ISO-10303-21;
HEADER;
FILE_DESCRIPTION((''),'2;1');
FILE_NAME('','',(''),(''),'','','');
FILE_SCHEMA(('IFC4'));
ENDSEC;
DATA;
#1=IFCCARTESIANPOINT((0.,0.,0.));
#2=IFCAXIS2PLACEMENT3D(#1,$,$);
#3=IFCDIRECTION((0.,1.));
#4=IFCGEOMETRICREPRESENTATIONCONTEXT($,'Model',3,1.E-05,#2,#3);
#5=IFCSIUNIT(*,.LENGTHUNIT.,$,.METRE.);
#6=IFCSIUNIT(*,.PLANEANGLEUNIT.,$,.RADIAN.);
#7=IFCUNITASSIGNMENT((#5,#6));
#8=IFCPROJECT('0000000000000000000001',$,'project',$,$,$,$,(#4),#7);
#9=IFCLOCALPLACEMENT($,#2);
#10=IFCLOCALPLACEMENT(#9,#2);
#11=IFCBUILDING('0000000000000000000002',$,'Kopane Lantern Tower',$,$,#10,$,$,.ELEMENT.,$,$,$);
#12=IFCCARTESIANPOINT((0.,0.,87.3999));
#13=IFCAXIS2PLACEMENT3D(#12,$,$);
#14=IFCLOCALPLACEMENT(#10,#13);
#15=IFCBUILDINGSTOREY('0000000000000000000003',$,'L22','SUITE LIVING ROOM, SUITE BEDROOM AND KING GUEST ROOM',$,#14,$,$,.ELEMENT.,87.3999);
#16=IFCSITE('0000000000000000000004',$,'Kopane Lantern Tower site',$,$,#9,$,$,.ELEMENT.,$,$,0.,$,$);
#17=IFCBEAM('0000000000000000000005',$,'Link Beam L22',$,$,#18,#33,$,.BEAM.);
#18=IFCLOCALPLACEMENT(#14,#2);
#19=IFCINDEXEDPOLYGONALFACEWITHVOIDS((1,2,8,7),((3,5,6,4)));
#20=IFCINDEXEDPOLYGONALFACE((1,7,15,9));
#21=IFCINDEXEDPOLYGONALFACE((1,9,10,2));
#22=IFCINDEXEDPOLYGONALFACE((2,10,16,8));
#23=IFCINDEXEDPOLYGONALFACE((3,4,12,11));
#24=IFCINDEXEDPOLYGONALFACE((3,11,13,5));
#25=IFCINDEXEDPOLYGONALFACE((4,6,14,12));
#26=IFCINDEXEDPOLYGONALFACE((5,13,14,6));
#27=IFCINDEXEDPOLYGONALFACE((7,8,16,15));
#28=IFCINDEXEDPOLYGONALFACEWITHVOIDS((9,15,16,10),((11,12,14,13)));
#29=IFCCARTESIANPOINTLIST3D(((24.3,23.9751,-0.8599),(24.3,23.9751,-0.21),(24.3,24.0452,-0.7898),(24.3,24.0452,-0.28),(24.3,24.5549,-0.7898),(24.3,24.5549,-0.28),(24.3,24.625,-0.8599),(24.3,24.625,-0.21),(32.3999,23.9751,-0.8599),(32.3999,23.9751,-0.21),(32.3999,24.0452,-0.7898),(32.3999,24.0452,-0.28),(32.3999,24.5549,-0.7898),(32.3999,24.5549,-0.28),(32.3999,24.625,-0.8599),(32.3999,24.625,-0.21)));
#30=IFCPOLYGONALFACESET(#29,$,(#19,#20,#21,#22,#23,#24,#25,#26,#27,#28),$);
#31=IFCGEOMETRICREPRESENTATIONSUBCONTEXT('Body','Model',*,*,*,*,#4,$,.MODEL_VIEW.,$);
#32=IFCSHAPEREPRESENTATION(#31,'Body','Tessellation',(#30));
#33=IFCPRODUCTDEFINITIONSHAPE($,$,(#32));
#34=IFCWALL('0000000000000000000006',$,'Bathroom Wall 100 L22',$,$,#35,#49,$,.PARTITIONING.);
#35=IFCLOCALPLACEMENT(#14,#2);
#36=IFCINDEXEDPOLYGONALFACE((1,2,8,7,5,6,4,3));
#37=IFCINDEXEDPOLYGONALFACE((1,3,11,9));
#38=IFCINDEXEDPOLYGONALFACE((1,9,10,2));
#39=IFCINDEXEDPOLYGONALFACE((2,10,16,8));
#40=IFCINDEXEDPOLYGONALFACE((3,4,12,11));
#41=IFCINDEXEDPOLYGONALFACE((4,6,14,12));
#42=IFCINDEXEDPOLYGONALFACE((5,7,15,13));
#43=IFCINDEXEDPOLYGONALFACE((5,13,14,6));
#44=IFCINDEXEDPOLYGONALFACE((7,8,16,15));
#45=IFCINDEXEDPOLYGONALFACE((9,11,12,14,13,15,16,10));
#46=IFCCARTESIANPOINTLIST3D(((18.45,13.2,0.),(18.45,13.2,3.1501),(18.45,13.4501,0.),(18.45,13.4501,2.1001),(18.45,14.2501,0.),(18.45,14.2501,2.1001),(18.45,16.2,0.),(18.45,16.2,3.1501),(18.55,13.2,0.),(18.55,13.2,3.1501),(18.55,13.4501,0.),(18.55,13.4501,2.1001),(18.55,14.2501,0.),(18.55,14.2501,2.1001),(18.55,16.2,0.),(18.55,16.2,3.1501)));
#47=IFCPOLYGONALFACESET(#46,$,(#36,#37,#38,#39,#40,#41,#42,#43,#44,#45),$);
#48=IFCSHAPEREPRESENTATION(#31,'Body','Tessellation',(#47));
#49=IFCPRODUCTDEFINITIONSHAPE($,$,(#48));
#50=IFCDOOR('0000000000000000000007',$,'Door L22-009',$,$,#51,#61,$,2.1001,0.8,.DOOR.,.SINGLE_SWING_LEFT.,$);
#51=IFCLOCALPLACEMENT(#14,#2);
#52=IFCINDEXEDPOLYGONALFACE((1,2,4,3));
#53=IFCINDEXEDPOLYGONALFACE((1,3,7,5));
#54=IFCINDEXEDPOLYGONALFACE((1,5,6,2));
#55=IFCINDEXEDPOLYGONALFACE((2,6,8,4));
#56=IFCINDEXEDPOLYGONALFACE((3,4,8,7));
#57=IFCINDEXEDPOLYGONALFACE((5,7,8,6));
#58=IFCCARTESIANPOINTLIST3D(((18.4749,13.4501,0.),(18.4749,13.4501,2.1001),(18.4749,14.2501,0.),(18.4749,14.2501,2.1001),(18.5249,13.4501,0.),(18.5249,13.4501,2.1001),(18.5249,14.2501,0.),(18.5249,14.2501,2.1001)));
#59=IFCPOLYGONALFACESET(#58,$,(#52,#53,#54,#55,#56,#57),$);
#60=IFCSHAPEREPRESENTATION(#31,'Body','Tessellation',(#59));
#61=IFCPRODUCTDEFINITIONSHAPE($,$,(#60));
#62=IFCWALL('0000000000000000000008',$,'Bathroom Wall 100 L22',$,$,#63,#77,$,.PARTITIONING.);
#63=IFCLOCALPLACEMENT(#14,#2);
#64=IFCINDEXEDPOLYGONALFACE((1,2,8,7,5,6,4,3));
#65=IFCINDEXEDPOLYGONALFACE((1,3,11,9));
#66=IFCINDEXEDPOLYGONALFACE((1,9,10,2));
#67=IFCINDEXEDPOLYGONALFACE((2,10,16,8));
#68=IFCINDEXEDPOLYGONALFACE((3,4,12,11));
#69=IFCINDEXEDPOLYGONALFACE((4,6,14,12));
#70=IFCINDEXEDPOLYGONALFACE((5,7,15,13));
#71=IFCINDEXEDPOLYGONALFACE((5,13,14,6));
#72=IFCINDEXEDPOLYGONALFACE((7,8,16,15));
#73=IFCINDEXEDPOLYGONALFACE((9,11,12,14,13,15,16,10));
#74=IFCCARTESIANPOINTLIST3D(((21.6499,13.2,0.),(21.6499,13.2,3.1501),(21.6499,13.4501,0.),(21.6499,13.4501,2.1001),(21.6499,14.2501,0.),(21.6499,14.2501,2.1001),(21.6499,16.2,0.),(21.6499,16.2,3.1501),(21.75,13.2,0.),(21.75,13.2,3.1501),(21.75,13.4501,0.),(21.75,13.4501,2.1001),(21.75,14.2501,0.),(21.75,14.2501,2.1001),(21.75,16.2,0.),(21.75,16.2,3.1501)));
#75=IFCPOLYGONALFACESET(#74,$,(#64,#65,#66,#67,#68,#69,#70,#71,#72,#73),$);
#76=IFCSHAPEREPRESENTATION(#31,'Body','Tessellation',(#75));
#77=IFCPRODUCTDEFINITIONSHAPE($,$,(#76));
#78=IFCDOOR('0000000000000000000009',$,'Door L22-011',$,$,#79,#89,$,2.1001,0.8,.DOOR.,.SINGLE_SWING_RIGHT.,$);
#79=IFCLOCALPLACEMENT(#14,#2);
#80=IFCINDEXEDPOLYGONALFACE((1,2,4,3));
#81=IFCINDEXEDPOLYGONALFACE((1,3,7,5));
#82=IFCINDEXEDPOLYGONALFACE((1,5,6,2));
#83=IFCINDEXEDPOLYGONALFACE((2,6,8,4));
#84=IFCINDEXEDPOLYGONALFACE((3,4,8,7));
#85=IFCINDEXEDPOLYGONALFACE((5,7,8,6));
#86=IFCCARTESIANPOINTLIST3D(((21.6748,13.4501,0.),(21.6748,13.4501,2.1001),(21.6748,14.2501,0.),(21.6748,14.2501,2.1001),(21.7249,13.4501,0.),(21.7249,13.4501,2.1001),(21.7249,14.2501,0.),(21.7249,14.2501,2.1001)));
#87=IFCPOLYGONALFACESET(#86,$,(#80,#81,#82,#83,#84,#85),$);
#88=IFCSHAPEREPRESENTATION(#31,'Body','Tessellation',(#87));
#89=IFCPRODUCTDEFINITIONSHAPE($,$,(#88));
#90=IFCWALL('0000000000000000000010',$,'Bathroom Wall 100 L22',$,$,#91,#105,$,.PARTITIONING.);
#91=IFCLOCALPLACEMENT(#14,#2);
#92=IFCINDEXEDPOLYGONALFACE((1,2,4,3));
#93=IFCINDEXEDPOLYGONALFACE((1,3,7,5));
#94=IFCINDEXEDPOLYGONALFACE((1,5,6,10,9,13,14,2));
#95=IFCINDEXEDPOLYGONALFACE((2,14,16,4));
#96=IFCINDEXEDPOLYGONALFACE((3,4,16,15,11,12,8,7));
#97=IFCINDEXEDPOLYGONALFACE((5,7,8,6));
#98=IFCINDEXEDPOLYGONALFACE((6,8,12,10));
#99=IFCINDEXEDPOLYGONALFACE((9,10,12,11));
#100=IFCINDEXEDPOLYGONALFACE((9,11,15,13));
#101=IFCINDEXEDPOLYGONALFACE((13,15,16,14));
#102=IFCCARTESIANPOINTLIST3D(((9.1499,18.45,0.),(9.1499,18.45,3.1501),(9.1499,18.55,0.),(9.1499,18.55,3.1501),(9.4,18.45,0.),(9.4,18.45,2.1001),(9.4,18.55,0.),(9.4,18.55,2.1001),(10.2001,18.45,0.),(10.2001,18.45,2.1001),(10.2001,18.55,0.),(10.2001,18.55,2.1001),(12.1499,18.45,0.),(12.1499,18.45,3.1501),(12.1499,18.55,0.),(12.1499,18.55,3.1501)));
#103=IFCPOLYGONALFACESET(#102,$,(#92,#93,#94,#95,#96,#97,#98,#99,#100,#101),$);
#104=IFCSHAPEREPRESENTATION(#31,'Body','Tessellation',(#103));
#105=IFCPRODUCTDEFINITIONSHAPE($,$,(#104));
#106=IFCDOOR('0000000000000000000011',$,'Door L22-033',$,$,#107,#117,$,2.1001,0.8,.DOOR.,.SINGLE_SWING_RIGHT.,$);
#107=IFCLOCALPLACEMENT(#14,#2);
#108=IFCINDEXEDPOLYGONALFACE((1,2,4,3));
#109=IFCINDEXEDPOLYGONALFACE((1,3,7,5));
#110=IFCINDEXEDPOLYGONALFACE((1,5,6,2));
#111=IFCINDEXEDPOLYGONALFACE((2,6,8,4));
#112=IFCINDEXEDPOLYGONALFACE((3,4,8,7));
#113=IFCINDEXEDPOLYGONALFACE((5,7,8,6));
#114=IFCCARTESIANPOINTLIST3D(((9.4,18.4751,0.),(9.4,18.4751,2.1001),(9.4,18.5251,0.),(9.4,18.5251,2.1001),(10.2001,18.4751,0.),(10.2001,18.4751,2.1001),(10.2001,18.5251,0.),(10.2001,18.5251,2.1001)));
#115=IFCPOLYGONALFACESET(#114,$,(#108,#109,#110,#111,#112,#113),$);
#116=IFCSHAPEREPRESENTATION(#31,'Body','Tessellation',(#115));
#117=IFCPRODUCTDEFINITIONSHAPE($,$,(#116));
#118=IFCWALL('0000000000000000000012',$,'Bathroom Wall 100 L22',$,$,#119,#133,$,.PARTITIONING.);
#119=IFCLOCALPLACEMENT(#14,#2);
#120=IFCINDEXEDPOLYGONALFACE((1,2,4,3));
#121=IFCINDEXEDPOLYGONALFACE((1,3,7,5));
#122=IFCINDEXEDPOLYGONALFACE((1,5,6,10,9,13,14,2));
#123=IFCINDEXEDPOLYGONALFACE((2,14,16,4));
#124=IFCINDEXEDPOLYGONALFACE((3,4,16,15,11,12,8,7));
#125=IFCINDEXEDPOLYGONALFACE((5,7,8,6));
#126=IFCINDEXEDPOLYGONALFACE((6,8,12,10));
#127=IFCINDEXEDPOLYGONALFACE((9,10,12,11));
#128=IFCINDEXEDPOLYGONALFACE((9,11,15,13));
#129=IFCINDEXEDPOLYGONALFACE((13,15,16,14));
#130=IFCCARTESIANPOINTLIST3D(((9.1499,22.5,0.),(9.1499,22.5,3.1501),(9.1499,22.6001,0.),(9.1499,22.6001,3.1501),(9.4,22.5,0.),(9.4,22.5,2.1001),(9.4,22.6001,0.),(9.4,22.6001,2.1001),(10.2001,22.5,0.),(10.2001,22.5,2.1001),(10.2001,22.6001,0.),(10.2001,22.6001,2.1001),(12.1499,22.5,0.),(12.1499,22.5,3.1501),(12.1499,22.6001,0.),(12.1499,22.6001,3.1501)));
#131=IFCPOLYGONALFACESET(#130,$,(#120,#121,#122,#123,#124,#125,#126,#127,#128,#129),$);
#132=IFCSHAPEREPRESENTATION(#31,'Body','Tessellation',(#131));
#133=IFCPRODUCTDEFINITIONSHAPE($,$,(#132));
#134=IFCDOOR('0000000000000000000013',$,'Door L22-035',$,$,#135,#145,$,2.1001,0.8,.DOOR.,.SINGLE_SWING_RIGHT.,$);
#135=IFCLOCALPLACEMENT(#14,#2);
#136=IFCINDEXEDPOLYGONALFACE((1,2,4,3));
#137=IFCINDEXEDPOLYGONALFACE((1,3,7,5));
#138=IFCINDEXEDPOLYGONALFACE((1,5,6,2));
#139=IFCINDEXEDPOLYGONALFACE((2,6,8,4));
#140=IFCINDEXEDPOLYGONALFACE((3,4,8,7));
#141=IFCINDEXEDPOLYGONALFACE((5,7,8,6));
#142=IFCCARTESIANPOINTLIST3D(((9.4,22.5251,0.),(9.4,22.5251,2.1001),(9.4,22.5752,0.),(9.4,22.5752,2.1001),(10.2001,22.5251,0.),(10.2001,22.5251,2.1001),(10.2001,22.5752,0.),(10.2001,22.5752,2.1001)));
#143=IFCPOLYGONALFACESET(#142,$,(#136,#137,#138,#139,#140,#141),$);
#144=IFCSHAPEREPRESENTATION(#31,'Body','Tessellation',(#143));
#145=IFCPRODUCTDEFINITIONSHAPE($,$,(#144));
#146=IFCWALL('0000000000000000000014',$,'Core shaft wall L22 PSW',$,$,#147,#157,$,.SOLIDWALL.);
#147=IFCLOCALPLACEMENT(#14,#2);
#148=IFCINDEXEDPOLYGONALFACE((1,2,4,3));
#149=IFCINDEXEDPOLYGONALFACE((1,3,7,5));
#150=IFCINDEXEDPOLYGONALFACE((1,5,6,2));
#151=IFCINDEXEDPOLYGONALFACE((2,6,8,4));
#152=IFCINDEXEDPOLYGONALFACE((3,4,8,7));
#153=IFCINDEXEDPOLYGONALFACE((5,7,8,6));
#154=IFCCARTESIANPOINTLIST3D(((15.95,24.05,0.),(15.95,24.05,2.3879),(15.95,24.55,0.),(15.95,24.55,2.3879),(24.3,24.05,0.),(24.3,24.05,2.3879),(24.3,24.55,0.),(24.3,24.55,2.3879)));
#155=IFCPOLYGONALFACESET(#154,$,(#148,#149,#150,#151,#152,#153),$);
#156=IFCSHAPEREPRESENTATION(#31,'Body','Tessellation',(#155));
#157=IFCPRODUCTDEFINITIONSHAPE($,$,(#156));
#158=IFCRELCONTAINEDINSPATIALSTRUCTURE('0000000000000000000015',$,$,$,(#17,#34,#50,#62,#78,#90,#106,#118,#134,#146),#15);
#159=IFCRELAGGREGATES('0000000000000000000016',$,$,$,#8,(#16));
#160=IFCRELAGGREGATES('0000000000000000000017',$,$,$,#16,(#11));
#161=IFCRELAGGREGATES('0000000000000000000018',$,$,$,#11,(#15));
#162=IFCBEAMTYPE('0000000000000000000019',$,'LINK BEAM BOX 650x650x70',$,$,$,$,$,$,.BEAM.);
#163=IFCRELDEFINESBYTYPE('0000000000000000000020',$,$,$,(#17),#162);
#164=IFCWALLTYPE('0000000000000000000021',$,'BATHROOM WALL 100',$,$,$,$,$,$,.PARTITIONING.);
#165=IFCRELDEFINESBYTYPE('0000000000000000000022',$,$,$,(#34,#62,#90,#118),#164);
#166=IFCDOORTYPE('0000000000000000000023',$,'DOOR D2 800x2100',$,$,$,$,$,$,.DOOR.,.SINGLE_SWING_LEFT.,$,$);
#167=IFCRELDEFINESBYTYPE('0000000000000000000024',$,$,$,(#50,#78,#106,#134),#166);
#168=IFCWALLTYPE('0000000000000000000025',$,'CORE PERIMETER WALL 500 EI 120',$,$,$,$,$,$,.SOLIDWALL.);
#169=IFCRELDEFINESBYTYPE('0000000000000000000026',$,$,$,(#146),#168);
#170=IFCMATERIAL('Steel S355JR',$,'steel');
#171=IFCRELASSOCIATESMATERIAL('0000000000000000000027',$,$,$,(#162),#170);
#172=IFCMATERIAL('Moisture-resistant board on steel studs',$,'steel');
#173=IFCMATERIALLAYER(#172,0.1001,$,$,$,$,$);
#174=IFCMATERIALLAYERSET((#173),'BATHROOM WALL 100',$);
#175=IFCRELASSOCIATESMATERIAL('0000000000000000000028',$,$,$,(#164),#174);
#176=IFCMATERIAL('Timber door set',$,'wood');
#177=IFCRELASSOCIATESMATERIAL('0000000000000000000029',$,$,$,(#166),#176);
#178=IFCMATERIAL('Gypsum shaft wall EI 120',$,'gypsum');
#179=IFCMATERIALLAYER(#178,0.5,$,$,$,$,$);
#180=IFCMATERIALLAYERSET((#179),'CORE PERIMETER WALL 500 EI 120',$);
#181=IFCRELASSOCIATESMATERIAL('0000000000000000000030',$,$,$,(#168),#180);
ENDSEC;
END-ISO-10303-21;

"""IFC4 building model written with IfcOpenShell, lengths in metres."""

from ifc_helpers import new_model, si_unit, direction, frame, frame_2d, origin, origin_2d, place, context, subcontext, project, spatial, rectangle, hollow_rectangle, extrude, material, layer, layer_set, material_profile, profile_set, type_object, element, fill, save


model = new_model("IFC4")

# Units and contexts
model_context = context("Model", 3, precision=1e-05, world=origin(), true_north=direction((0.0, 1.0)))
body_context = subcontext(model_context, "Body", "Model", "MODEL_VIEW")
ifc_project = project(units=[si_unit("LENGTHUNIT", "METRE"), si_unit("PLANEANGLEUNIT", "RADIAN")], contexts=[model_context])

# Site, building, storey
site_placement = place(None, origin())
site = spatial("IfcSite", under=ifc_project, at=site_placement, Name="Kopane Lantern Tower site", CompositionType="ELEMENT", RefElevation=0.0)
building_placement = place(site_placement, origin())
building = spatial("IfcBuilding", under=site, at=building_placement, Name="Kopane Lantern Tower", CompositionType="ELEMENT")
storey_placement = place(building_placement, frame((0.0, 0.0, 87.3999)))
storey = spatial("IfcBuildingStorey", under=building, at=storey_placement, Name="L22", Description="SUITE LIVING ROOM, SUITE BEDROOM AND KING GUEST ROOM", CompositionType="ELEMENT", Elevation=87.3999)

# Beam
ifc_material_1 = material(Name="Steel S355JR", Category="steel")
ifc_material_profile_1 = material_profile(ifc_material_1, hollow_rectangle(XDim=0.6499, YDim=0.6499, WallThickness=0.0701, at=origin_2d()), Name="BOX 650x650x70")
ifc_profile_set_1 = profile_set([ifc_material_profile_1], Name="Steel S355JR")
beam_type_1 = type_object("IfcBeamType", Name="LINK BEAM BOX 650x650x70", PredefinedType="BEAM", material=ifc_profile_set_1)
beam_1_placement = place(storey_placement, frame((24.3, 24.3, -0.5349), z_axis=(1.0, 0.0, 0.0), x_axis=(0.0, 1.0, 0.0)))
element("IfcBeam", 1, at=beam_1_placement, inside=storey, type_object=beam_type_1, Name="Link Beam L22", PredefinedType="BEAM", context=body_context, shape_type="SweptSolid", body=[
    extrude(hollow_rectangle(XDim=0.6499, YDim=0.6499, WallThickness=0.0701, at=origin_2d()), origin(), (0.0, 0.0, 1.0), 8.0999),
])

# Walls, openings, doors
ifc_material_2 = material(Name="Moisture-resistant board on steel studs", Category="steel")
ifc_layer_1 = layer(ifc_material_2, 0.1001)
ifc_layer_set_1 = layer_set([ifc_layer_1], Name="BATHROOM WALL 100")
wall_type_1 = type_object("IfcWallType", Name="BATHROOM WALL 100", PredefinedType="PARTITIONING", material=ifc_layer_set_1)
wall_1_placement = place(storey_placement, frame((18.5, 16.2, 0.0), z_axis=(0.0, 0.0, 1.0), x_axis=(0.0, -1.0, 0.0)))
wall_1 = element("IfcWall", 2, at=wall_1_placement, inside=storey, type_object=wall_type_1, Name="Bathroom Wall 100 L22", PredefinedType="PARTITIONING", context=body_context, shape_type="SweptSolid", body=[
    extrude(rectangle(XDim=3.0, YDim=0.1001, at=frame_2d((1.5, 0.0))), origin(), (0.0, 0.0, 1.0), 3.1501),
])
opening_1_placement = place(wall_1_placement, frame((1.95, 0.0, 0.0)))
opening_1 = element("IfcOpeningElement", 3, at=opening_1_placement, cuts=wall_1, PredefinedType="OPENING", context=body_context, shape_type="SweptSolid", body=[
    extrude(rectangle(XDim=0.8, YDim=2.1001, at=frame_2d((0.3999, 1.05))), frame((0.0, 0.0601, 0.0), z_axis=(0.0, -1.0, 0.0), x_axis=(1.0, 0.0, 0.0)), (0.0, 0.0, 1.0), 0.1201),
])
ifc_material_3 = material(Name="Timber door set", Category="wood")
door_type_1 = type_object("IfcDoorType", Name="DOOR D2 800x2100", OperationType="SINGLE_SWING_LEFT", PredefinedType="DOOR", material=ifc_material_3)
door_1_placement = place(opening_1_placement, origin())
door_1 = element("IfcDoor", 4, at=door_1_placement, inside=storey, type_object=door_type_1, Name="Door L22-009", OperationType="SINGLE_SWING_LEFT", OverallHeight=2.1001, OverallWidth=0.8, PredefinedType="DOOR", context=body_context, shape_type="SweptSolid", body=[
    extrude(rectangle(XDim=0.8, YDim=2.1001, at=frame_2d((0.3999, 1.05))), frame((0.0, 0.0249, 0.0), z_axis=(0.0, -1.0, 0.0), x_axis=(1.0, 0.0, 0.0)), (0.0, 0.0, 1.0), 0.05),
])
fill(opening_1, door_1)
wall_2_placement = place(storey_placement, frame((21.7, 16.2, 0.0), z_axis=(0.0, 0.0, 1.0), x_axis=(0.0, -1.0, 0.0)))
wall_2 = element("IfcWall", 5, at=wall_2_placement, inside=storey, type_object=wall_type_1, Name="Bathroom Wall 100 L22", PredefinedType="PARTITIONING", context=body_context, shape_type="SweptSolid", body=[
    extrude(rectangle(XDim=3.0, YDim=0.1001, at=frame_2d((1.5, 0.0))), origin(), (0.0, 0.0, 1.0), 3.1501),
])
opening_2_placement = place(wall_2_placement, frame((1.95, 0.0, 0.0)))
opening_2 = element("IfcOpeningElement", 6, at=opening_2_placement, cuts=wall_2, PredefinedType="OPENING", context=body_context, shape_type="SweptSolid", body=[
    extrude(rectangle(XDim=0.8, YDim=2.1001, at=frame_2d((0.3999, 1.05))), frame((0.0, 0.0601, 0.0), z_axis=(0.0, -1.0, 0.0), x_axis=(1.0, 0.0, 0.0)), (0.0, 0.0, 1.0), 0.1201),
])
door_2_placement = place(opening_2_placement, origin())
door_2 = element("IfcDoor", 7, at=door_2_placement, inside=storey, type_object=door_type_1, Name="Door L22-011", OperationType="SINGLE_SWING_RIGHT", OverallHeight=2.1001, OverallWidth=0.8, PredefinedType="DOOR", context=body_context, shape_type="SweptSolid", body=[
    extrude(rectangle(XDim=0.8, YDim=2.1001, at=frame_2d((0.3999, 1.05))), frame((0.0, 0.0249, 0.0), z_axis=(0.0, -1.0, 0.0), x_axis=(1.0, 0.0, 0.0)), (0.0, 0.0, 1.0), 0.05),
])
fill(opening_2, door_2)
wall_3_placement = place(storey_placement, frame((12.1499, 18.5, 0.0), z_axis=(0.0, 0.0, 1.0), x_axis=(-1.0, 0.0, 0.0)))
wall_3 = element("IfcWall", 8, at=wall_3_placement, inside=storey, type_object=wall_type_1, Name="Bathroom Wall 100 L22", PredefinedType="PARTITIONING", context=body_context, shape_type="SweptSolid", body=[
    extrude(rectangle(XDim=3.0, YDim=0.1001, at=frame_2d((1.5, 0.0))), origin(), (0.0, 0.0, 1.0), 3.1501),
])
opening_3_placement = place(wall_3_placement, frame((1.95, 0.0, 0.0)))
opening_3 = element("IfcOpeningElement", 9, at=opening_3_placement, cuts=wall_3, PredefinedType="OPENING", context=body_context, shape_type="SweptSolid", body=[
    extrude(rectangle(XDim=0.8, YDim=2.1001, at=frame_2d((0.3999, 1.05))), frame((0.0, 0.0601, 0.0), z_axis=(0.0, -1.0, 0.0), x_axis=(1.0, 0.0, 0.0)), (0.0, 0.0, 1.0), 0.1201),
])
door_3_placement = place(opening_3_placement, origin())
door_3 = element("IfcDoor", 10, at=door_3_placement, inside=storey, type_object=door_type_1, Name="Door L22-033", OperationType="SINGLE_SWING_RIGHT", OverallHeight=2.1001, OverallWidth=0.8, PredefinedType="DOOR", context=body_context, shape_type="SweptSolid", body=[
    extrude(rectangle(XDim=0.8, YDim=2.1001, at=frame_2d((0.3999, 1.05))), frame((0.0, 0.0249, 0.0), z_axis=(0.0, -1.0, 0.0), x_axis=(1.0, 0.0, 0.0)), (0.0, 0.0, 1.0), 0.05),
])
fill(opening_3, door_3)
wall_4_placement = place(storey_placement, frame((12.1499, 22.55, 0.0), z_axis=(0.0, 0.0, 1.0), x_axis=(-1.0, 0.0, 0.0)))
wall_4 = element("IfcWall", 11, at=wall_4_placement, inside=storey, type_object=wall_type_1, Name="Bathroom Wall 100 L22", PredefinedType="PARTITIONING", context=body_context, shape_type="SweptSolid", body=[
    extrude(rectangle(XDim=3.0, YDim=0.1001, at=frame_2d((1.5, 0.0))), origin(), (0.0, 0.0, 1.0), 3.1501),
])
opening_4_placement = place(wall_4_placement, frame((1.95, 0.0, 0.0)))
opening_4 = element("IfcOpeningElement", 12, at=opening_4_placement, cuts=wall_4, PredefinedType="OPENING", context=body_context, shape_type="SweptSolid", body=[
    extrude(rectangle(XDim=0.8, YDim=2.1001, at=frame_2d((0.3999, 1.05))), frame((0.0, 0.0601, 0.0), z_axis=(0.0, -1.0, 0.0), x_axis=(1.0, 0.0, 0.0)), (0.0, 0.0, 1.0), 0.1201),
])
door_4_placement = place(opening_4_placement, origin())
door_4 = element("IfcDoor", 13, at=door_4_placement, inside=storey, type_object=door_type_1, Name="Door L22-035", OperationType="SINGLE_SWING_RIGHT", OverallHeight=2.1001, OverallWidth=0.8, PredefinedType="DOOR", context=body_context, shape_type="SweptSolid", body=[
    extrude(rectangle(XDim=0.8, YDim=2.1001, at=frame_2d((0.3999, 1.05))), frame((0.0, 0.0249, 0.0), z_axis=(0.0, -1.0, 0.0), x_axis=(1.0, 0.0, 0.0)), (0.0, 0.0, 1.0), 0.05),
])
fill(opening_4, door_4)

# Wall
ifc_material_4 = material(Name="Gypsum shaft wall EI 120", Category="gypsum")
ifc_layer_2 = layer(ifc_material_4, 0.5)
ifc_layer_set_2 = layer_set([ifc_layer_2], Name="CORE PERIMETER WALL 500 EI 120")
wall_type_2 = type_object("IfcWallType", Name="CORE PERIMETER WALL 500 EI 120", PredefinedType="SOLIDWALL", material=ifc_layer_set_2)
wall_5_placement = place(storey_placement, frame((15.95, 24.3, 0.0), z_axis=(0.0, 0.0, 1.0), x_axis=(1.0, 0.0, 0.0)))
element("IfcWall", 14, at=wall_5_placement, inside=storey, type_object=wall_type_2, Name="Core shaft wall L22 PSW", PredefinedType="SOLIDWALL", context=body_context, shape_type="SweptSolid", body=[
    extrude(rectangle(XDim=8.3501, YDim=0.5, at=frame_2d((4.175, 0.0))), origin(), (0.0, 0.0, 1.0), 2.3879),
])

save(model, "model.ifc")
